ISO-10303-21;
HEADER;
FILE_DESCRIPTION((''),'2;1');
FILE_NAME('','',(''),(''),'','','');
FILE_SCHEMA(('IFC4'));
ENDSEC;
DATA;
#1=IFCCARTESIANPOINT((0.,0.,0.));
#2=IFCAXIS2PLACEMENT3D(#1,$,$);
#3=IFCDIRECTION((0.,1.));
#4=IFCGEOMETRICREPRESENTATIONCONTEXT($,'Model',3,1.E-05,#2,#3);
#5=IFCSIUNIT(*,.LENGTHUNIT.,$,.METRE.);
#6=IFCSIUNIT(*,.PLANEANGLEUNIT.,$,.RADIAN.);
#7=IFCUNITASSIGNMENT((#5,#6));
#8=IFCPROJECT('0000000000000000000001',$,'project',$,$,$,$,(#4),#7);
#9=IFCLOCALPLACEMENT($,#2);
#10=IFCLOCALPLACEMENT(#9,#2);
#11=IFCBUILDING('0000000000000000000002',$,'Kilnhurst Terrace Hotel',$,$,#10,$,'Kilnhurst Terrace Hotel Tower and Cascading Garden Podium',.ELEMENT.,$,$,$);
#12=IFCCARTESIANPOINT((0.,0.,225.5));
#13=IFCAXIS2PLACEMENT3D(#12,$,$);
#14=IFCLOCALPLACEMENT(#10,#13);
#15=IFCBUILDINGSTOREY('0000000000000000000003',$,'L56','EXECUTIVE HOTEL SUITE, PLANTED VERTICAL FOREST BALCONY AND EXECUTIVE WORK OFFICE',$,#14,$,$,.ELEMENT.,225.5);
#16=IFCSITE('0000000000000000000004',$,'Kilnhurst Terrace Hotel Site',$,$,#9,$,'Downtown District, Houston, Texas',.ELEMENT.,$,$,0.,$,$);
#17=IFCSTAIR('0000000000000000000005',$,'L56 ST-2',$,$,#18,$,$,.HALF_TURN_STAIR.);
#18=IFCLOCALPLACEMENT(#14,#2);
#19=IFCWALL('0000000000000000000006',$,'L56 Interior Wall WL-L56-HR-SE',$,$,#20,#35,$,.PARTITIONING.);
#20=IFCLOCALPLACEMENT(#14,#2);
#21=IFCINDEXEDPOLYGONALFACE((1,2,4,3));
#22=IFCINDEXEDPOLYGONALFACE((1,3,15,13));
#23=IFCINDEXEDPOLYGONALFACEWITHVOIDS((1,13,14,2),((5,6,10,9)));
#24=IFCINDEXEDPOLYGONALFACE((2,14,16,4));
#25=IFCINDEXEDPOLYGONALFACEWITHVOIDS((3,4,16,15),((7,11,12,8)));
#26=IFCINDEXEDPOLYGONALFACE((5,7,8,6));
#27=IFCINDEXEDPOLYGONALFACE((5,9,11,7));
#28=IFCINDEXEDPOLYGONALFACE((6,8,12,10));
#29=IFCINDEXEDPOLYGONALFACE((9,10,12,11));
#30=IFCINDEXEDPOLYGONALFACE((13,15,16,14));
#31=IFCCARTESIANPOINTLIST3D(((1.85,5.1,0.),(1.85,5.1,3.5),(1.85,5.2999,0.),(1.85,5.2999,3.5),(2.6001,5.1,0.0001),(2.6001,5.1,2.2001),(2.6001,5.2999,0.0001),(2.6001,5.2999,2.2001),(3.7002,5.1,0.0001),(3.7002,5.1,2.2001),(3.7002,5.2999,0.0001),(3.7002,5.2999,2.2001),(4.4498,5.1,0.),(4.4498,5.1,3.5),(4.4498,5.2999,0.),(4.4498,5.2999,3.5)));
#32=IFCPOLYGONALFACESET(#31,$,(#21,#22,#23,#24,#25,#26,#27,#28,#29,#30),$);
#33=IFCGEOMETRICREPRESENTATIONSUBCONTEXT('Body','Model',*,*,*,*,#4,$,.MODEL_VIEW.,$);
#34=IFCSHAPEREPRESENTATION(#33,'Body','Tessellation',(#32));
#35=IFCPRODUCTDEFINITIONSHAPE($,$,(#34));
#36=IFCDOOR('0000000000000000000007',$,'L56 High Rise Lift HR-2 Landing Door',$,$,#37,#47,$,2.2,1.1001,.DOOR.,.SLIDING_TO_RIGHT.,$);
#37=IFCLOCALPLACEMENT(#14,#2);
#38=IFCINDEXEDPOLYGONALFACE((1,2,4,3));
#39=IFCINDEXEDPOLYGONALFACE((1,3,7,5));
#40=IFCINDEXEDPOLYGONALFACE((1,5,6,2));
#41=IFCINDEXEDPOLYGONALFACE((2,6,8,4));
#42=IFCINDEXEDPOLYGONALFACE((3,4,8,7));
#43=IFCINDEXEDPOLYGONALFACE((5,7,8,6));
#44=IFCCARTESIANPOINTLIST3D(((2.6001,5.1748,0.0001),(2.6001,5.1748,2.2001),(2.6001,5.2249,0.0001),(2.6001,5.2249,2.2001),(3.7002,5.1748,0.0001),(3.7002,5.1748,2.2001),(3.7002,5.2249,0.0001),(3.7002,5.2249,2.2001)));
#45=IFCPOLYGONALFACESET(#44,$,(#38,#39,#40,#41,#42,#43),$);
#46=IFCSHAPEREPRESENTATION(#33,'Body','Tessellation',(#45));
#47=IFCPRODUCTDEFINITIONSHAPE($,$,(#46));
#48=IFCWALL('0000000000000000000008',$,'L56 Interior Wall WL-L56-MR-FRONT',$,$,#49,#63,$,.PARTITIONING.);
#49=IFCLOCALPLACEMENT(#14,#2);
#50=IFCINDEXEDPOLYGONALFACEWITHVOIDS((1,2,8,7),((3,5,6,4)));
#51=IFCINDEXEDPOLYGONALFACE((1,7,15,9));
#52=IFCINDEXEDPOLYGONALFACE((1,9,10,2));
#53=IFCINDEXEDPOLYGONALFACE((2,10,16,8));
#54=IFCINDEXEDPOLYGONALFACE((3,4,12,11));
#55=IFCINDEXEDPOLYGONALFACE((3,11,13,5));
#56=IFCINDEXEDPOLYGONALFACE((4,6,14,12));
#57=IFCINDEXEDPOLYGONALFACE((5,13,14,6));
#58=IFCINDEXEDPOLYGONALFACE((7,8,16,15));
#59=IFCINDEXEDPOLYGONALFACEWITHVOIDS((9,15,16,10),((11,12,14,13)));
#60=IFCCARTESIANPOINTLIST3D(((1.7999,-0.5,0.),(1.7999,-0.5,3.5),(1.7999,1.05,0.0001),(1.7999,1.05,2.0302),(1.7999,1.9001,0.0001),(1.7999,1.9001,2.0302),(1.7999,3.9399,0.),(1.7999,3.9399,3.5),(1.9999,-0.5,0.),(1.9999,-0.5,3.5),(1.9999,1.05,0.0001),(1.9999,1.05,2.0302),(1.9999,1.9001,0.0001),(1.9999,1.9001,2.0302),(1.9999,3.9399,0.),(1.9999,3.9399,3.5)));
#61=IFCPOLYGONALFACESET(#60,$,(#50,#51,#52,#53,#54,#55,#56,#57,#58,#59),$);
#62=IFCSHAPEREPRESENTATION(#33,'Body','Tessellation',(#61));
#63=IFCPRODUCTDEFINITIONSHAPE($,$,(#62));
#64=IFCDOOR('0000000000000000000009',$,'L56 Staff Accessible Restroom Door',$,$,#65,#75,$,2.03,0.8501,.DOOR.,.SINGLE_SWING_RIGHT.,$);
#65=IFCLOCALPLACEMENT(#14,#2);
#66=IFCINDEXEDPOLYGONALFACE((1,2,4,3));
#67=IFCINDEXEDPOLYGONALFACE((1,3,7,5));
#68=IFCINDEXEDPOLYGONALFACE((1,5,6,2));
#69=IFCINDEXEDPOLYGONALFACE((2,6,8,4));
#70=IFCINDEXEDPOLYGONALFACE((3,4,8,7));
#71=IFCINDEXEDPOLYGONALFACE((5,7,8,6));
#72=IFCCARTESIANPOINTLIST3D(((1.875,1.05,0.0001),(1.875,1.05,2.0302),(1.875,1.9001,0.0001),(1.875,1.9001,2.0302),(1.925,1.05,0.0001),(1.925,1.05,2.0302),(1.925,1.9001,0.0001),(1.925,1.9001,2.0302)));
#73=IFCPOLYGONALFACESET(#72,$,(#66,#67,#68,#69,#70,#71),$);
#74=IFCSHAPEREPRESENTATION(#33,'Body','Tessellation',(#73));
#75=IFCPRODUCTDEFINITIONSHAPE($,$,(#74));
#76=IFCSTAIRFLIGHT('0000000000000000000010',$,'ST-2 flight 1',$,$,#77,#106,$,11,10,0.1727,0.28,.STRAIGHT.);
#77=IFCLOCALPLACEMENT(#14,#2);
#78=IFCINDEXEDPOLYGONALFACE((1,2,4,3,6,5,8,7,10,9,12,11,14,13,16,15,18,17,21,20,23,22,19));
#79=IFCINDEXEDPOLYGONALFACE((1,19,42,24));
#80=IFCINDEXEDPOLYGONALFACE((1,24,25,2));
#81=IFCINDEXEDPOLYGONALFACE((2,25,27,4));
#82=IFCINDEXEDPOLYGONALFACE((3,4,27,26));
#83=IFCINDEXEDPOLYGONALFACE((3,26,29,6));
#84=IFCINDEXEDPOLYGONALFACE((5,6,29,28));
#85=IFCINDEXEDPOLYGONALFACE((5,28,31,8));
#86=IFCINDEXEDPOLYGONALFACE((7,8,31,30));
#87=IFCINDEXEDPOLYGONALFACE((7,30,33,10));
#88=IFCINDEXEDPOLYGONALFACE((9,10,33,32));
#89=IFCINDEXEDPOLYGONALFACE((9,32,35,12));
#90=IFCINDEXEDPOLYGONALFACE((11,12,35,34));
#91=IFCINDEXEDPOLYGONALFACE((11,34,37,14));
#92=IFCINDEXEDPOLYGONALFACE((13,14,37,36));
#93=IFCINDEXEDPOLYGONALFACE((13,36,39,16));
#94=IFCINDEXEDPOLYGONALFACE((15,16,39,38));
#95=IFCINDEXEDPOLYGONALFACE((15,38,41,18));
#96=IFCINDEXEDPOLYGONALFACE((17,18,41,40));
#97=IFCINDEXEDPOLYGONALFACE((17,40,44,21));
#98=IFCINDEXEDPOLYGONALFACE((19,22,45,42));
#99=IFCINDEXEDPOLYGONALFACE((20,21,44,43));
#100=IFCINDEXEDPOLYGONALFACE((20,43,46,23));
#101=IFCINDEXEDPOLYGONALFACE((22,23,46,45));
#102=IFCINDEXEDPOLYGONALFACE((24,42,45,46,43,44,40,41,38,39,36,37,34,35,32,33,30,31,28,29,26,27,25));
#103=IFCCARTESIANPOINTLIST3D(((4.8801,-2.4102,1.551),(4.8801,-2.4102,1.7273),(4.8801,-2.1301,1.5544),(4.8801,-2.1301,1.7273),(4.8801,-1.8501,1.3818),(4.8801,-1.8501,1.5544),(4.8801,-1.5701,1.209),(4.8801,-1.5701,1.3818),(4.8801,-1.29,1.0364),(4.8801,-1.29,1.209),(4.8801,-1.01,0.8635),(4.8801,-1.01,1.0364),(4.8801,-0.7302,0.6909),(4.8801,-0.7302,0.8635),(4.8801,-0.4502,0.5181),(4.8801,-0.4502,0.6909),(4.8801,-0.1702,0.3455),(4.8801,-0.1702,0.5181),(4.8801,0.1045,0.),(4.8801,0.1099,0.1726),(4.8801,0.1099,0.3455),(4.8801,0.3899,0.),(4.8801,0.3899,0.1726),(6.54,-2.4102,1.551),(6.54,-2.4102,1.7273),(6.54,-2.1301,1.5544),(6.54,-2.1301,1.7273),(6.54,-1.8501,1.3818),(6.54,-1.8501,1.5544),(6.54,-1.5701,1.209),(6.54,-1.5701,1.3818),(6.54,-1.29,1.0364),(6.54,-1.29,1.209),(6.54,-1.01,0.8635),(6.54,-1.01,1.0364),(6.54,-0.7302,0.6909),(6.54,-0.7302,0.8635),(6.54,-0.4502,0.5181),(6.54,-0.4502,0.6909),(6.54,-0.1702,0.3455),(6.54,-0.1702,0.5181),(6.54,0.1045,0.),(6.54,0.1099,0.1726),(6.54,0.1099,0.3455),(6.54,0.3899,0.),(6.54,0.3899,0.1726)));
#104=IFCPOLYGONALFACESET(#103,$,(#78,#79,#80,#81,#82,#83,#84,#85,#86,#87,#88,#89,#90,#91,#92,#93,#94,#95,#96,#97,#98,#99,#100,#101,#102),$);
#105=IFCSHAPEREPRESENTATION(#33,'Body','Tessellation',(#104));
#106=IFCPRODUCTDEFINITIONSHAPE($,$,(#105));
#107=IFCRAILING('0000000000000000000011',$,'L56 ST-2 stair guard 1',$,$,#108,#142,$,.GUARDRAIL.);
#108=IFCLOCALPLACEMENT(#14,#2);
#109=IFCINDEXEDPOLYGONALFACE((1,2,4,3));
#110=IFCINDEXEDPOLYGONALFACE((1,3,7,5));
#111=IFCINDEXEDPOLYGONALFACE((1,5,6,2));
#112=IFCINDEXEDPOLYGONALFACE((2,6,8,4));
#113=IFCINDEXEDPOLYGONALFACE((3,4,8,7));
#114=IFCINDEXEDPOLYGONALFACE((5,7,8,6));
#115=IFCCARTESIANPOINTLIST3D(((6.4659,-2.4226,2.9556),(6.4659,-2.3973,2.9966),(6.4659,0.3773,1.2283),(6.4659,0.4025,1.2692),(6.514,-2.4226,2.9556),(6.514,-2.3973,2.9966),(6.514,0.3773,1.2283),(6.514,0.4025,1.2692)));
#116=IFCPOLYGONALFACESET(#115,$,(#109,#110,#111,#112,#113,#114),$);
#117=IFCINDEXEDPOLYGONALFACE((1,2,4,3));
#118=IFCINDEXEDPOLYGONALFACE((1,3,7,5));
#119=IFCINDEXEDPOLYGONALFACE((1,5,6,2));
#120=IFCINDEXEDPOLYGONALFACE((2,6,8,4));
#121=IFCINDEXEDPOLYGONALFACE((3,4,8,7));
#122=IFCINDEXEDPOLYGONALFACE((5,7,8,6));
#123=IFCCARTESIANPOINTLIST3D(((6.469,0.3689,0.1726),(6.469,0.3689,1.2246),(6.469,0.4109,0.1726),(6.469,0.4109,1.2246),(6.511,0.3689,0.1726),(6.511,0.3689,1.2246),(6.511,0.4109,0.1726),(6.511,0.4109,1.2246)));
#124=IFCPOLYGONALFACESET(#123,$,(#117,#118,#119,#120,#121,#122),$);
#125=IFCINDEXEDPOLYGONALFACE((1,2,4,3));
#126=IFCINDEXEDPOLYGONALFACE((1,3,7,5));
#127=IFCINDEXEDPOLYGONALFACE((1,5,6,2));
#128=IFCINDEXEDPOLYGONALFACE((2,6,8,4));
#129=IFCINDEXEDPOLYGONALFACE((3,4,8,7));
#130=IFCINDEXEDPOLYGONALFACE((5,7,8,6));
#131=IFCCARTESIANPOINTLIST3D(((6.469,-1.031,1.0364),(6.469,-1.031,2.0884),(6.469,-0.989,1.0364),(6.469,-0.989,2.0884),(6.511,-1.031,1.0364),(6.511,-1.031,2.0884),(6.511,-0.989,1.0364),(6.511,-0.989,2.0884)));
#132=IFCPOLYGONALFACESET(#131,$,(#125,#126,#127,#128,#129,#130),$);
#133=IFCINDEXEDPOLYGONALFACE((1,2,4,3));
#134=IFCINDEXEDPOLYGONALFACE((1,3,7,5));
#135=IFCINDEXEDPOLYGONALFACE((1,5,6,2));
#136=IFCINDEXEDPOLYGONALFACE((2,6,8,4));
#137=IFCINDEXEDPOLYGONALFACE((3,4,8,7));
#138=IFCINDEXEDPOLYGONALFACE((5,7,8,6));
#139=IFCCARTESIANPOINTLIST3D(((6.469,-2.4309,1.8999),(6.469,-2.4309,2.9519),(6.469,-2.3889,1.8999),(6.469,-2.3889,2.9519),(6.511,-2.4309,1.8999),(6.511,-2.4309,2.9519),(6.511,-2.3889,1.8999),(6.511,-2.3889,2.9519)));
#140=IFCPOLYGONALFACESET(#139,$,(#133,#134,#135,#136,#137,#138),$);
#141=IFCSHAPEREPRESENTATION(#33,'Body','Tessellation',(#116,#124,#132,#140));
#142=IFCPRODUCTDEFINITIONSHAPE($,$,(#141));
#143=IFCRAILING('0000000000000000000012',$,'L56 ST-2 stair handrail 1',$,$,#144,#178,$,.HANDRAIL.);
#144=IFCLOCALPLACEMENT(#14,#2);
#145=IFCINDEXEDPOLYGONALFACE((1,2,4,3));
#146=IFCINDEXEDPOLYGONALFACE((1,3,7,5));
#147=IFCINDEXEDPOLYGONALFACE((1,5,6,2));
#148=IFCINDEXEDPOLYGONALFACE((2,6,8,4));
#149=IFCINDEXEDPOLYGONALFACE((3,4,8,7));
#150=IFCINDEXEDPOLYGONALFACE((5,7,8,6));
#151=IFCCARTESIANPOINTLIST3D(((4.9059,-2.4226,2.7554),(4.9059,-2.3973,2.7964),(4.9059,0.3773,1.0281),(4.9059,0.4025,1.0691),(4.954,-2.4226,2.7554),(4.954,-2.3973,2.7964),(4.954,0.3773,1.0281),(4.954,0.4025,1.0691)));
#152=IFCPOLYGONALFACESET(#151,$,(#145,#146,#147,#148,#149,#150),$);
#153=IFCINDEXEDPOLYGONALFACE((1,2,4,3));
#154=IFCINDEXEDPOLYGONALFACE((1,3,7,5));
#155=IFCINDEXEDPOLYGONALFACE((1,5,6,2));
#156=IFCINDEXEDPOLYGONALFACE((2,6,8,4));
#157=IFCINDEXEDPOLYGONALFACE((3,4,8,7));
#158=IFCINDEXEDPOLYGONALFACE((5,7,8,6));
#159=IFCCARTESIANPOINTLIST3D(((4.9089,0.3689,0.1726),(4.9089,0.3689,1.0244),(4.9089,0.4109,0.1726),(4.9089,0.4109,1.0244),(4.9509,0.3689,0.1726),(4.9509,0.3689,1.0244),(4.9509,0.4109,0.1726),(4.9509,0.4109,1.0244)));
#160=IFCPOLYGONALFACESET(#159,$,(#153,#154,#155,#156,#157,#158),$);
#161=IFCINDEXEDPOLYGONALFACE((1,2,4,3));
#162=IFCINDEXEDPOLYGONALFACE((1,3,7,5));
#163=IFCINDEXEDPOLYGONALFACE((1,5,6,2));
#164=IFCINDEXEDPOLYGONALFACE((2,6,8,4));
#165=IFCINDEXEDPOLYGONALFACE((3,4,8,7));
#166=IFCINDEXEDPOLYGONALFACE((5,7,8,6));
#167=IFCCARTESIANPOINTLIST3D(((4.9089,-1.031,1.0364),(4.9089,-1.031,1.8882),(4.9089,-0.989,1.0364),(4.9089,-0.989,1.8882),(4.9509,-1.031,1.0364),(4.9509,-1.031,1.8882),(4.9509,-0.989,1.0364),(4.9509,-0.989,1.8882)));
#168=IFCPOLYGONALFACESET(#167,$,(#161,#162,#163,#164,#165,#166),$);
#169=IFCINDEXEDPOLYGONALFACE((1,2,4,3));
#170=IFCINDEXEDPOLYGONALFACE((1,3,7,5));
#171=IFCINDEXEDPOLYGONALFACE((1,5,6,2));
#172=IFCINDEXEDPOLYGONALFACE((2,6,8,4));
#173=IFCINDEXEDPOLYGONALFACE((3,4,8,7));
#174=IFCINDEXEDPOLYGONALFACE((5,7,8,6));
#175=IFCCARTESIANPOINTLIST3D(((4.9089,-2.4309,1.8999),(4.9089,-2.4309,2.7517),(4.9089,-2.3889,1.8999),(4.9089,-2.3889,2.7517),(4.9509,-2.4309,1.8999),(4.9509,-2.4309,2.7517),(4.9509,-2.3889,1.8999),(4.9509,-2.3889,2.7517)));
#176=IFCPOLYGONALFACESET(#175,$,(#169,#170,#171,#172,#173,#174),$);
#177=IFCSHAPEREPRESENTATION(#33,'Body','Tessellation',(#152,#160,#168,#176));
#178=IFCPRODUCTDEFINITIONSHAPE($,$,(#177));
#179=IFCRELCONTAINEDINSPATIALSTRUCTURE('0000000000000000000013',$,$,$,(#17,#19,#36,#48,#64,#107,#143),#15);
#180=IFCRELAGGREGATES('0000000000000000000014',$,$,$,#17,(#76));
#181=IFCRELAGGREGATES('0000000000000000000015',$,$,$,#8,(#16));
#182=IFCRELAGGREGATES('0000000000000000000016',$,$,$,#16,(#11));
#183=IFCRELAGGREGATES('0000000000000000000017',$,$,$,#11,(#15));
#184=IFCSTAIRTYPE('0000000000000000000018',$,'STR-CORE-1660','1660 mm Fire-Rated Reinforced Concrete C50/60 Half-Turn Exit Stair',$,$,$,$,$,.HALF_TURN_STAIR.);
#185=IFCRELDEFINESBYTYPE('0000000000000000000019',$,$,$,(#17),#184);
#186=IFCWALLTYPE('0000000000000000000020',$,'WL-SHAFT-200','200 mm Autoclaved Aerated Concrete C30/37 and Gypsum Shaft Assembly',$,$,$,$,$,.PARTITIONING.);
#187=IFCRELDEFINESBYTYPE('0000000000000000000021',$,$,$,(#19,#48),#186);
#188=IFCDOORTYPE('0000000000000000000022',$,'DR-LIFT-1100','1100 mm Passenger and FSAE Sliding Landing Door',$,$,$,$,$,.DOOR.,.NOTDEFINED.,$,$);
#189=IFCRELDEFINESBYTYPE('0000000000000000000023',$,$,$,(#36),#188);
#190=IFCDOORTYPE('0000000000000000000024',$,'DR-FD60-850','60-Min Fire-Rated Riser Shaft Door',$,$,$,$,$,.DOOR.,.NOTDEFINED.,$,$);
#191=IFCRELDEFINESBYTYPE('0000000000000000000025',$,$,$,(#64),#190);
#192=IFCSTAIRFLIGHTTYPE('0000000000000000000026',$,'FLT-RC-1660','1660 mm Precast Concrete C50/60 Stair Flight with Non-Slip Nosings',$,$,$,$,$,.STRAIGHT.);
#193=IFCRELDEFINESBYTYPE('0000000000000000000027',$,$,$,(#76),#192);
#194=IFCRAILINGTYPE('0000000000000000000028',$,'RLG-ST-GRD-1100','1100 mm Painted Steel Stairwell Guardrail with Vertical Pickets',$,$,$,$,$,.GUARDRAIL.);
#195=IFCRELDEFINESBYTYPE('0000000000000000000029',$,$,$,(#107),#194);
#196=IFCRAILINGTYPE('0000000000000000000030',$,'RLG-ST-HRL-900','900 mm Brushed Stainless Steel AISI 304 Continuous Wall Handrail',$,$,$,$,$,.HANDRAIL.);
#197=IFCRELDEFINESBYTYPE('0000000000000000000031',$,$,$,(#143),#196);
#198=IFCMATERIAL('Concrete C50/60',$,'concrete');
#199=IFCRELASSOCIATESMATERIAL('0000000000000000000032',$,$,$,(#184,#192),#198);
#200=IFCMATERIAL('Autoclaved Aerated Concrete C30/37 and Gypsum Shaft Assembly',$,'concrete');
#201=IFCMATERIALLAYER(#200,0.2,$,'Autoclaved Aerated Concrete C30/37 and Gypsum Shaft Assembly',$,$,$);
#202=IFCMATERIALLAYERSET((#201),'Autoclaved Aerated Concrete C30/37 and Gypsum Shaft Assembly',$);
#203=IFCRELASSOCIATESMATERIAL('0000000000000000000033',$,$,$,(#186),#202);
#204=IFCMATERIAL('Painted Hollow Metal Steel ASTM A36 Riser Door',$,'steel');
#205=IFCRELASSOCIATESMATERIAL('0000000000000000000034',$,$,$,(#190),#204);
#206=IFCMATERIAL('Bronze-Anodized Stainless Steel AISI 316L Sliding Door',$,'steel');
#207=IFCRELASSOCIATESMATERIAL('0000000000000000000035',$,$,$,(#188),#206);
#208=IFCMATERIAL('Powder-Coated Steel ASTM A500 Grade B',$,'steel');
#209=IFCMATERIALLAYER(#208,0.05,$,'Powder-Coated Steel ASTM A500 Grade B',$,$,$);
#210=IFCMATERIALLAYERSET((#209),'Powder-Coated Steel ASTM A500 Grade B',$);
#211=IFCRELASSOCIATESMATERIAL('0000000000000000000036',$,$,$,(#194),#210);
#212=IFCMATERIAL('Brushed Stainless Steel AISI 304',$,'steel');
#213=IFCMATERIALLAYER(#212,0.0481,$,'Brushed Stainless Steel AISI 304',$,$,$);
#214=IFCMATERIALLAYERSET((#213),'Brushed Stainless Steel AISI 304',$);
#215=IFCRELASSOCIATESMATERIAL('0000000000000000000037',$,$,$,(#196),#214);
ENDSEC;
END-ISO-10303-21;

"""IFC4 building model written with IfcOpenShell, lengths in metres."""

from ifc_helpers import new_model, si_unit, direction, frame, frame_2d, origin, origin_2d, place, context, subcontext, project, spatial, polyline, rectangle, outline, extrude, material, layer, layer_set, type_object, element, fill, aggregate, save


model = new_model("IFC4")

# Units and contexts
model_context = context("Model", 3, precision=1e-05, world=origin(), true_north=direction((0.0, 1.0)))
body_context = subcontext(model_context, "Body", "Model", "MODEL_VIEW")
ifc_project = project(units=[si_unit("LENGTHUNIT", "METRE"), si_unit("PLANEANGLEUNIT", "RADIAN")], contexts=[model_context])

# Site, building, storey
site_placement = place(None, origin())
site = spatial("IfcSite", under=ifc_project, at=site_placement, Name="Kilnhurst Terrace Hotel Site", LongName="Downtown District, Houston, Texas", CompositionType="ELEMENT", RefElevation=0.0)
building_placement = place(site_placement, origin())
building = spatial("IfcBuilding", under=site, at=building_placement, Name="Kilnhurst Terrace Hotel", LongName="Kilnhurst Terrace Hotel Tower and Cascading Garden Podium", CompositionType="ELEMENT")
storey_placement = place(building_placement, frame((0.0, 0.0, 225.5)))
storey = spatial("IfcBuildingStorey", under=building, at=storey_placement, Name="L56", Description="EXECUTIVE HOTEL SUITE, PLANTED VERTICAL FOREST BALCONY AND EXECUTIVE WORK OFFICE", CompositionType="ELEMENT", Elevation=225.5)

# Shared definitions
ifc_material_1 = material(Name="Concrete C50/60", Category="concrete")

# Stair
stair_type = type_object("IfcStairType", Name="STR-CORE-1660", Description="1660 mm Fire-Rated Reinforced Concrete C50/60 Half-Turn Exit Stair", PredefinedType="HALF_TURN_STAIR", material=ifc_material_1)
stair_1_placement = place(storey_placement, origin())
stair_1 = element("IfcStair", 1, at=stair_1_placement, inside=storey, type_object=stair_type, Name="L56 ST-2", PredefinedType="HALF_TURN_STAIR")

# Shared definitions
ifc_material_2 = material(Name="Autoclaved Aerated Concrete C30/37 and Gypsum Shaft Assembly", Category="concrete")
ifc_layer_1 = layer(ifc_material_2, 0.2, Name="Autoclaved Aerated Concrete C30/37 and Gypsum Shaft Assembly")
ifc_layer_set_1 = layer_set([ifc_layer_1], Name="Autoclaved Aerated Concrete C30/37 and Gypsum Shaft Assembly")
wall_type_1 = type_object("IfcWallType", Name="WL-SHAFT-200", Description="200 mm Autoclaved Aerated Concrete C30/37 and Gypsum Shaft Assembly", PredefinedType="PARTITIONING", material=ifc_layer_set_1)
ifc_material_3 = material(Name="Painted Hollow Metal Steel ASTM A36 Riser Door", Category="steel")
door_type_1 = type_object("IfcDoorType", Name="DR-FD60-850", Description="60-Min Fire-Rated Riser Shaft Door", OperationType="NOTDEFINED", PredefinedType="DOOR", material=ifc_material_3)
ifc_material_4 = material(Name="Bronze-Anodized Stainless Steel AISI 316L Sliding Door", Category="steel")
door_type_2 = type_object("IfcDoorType", Name="DR-LIFT-1100", Description="1100 mm Passenger and FSAE Sliding Landing Door", OperationType="NOTDEFINED", PredefinedType="DOOR", material=ifc_material_4)

# Walls, openings, doors
wall_1_placement = place(storey_placement, frame((1.8501, 5.2, 0.0), z_axis=(0.0, 0.0, 1.0), x_axis=(1.0, 0.0, 0.0)))
wall_1 = element("IfcWall", 2, at=wall_1_placement, inside=storey, type_object=wall_type_1, Name="L56 Interior Wall WL-L56-HR-SE", PredefinedType="PARTITIONING", context=body_context, shape_type="SweptSolid", body=[
    extrude(rectangle(XDim=2.5999, YDim=0.2, at=frame_2d((1.2998, 0.0))), origin(), (0.0, 0.0, 1.0), 3.5),
])
opening_1_placement = place(wall_1_placement, frame((0.75, 0.0, 0.0)))
opening_1 = element("IfcOpeningElement", 3, at=opening_1_placement, cuts=wall_1, PredefinedType="OPENING", context=body_context, shape_type="SweptSolid", body=[
    extrude(rectangle(XDim=1.1001, YDim=2.2, at=frame_2d((0.55, 1.1001))), frame((0.0, 0.1099, 0.0), z_axis=(0.0, -1.0, 0.0), x_axis=(1.0, 0.0, 0.0)), (0.0, 0.0, 1.0), 0.22),
])
door_1_placement = place(opening_1_placement, origin())
door_1 = element("IfcDoor", 4, at=door_1_placement, inside=storey, type_object=door_type_2, Name="L56 High Rise Lift HR-2 Landing Door", OperationType="SLIDING_TO_RIGHT", OverallHeight=2.2, OverallWidth=1.1001, PredefinedType="DOOR", context=body_context, shape_type="SweptSolid", body=[
    extrude(rectangle(XDim=1.1001, YDim=2.2, at=frame_2d((0.55, 1.1001))), frame((0.0, 0.0249, 0.0), z_axis=(0.0, -1.0, 0.0), x_axis=(1.0, 0.0, 0.0)), (0.0, 0.0, 1.0), 0.05),
])
fill(opening_1, door_1)
wall_2_placement = place(storey_placement, frame((1.8999, -0.5, 0.0), z_axis=(0.0, 0.0, 1.0), x_axis=(0.0, 1.0, 0.0)))
wall_2 = element("IfcWall", 5, at=wall_2_placement, inside=storey, type_object=wall_type_1, Name="L56 Interior Wall WL-L56-MR-FRONT", PredefinedType="PARTITIONING", context=body_context, shape_type="SweptSolid", body=[
    extrude(rectangle(XDim=4.4399, YDim=0.2, at=frame_2d((2.22, 0.0))), origin(), (0.0, 0.0, 1.0), 3.5),
])
opening_2_placement = place(wall_2_placement, frame((1.55, 0.0, 0.0)))
opening_2 = element("IfcOpeningElement", 6, at=opening_2_placement, cuts=wall_2, PredefinedType="OPENING", context=body_context, shape_type="SweptSolid", body=[
    extrude(rectangle(XDim=0.8501, YDim=2.03, at=frame_2d((0.425, 1.0151))), frame((0.0, 0.1099, 0.0), z_axis=(0.0, -1.0, 0.0), x_axis=(1.0, 0.0, 0.0)), (0.0, 0.0, 1.0), 0.22),
])
door_2_placement = place(opening_2_placement, origin())
door_2 = element("IfcDoor", 7, at=door_2_placement, inside=storey, type_object=door_type_1, Name="L56 Staff Accessible Restroom Door", OperationType="SINGLE_SWING_RIGHT", OverallHeight=2.03, OverallWidth=0.8501, PredefinedType="DOOR", context=body_context, shape_type="SweptSolid", body=[
    extrude(rectangle(XDim=0.8501, YDim=2.03, at=frame_2d((0.425, 1.0151))), frame((0.0, 0.0249, 0.0), z_axis=(0.0, -1.0, 0.0), x_axis=(1.0, 0.0, 0.0)), (0.0, 0.0, 1.0), 0.05),
])
fill(opening_2, door_2)

# Stair flight
stair_flight_type = type_object("IfcStairFlightType", Name="FLT-RC-1660", Description="1660 mm Precast Concrete C50/60 Stair Flight with Non-Slip Nosings", PredefinedType="STRAIGHT", material=ifc_material_1)
stair_flight_placement = place(storey_placement, frame((5.71, 0.3899, 0.0), z_axis=(0.0, 0.0, 1.0), x_axis=(0.0, -1.0, 0.0)))
stair_flight = element("IfcStairFlight", 8, at=stair_flight_placement, type_object=stair_flight_type, Name="ST-2 flight 1", NumberOfRisers=11, NumberOfTreads=10, PredefinedType="STRAIGHT", RiserHeight=0.1727, TreadLength=0.28, context=body_context, shape_type="SweptSolid", body=[
    extrude(outline(polyline([(0.0, 0.0), (0.0, 0.1726), (0.28, 0.1726), (0.28, 0.3455), (0.5601, 0.3455), (0.5601, 0.5181), (0.8401, 0.5181), (0.8401, 0.6909), (1.1201, 0.6909), (1.1201, 0.8635), (1.3999, 0.8635), (1.3999, 1.0364), (1.6799, 1.0364), (1.6799, 1.209), (1.96, 1.209), (1.96, 1.3818), (2.24, 1.3818), (2.24, 1.5544), (2.52, 1.5544), (2.52, 1.7273), (2.8, 1.7273), (2.8, 1.8999), (2.8, 1.551), (0.2854, 0.0), (0.0, 0.0)])), frame((0.0, 0.8301, 0.0), z_axis=(0.0, -1.0, 0.0), x_axis=(1.0, 0.0, 0.0)), (0.0, 0.0, 1.0), 1.6599),
])
aggregate(stair_1, [stair_flight])

# Railings
ifc_material_5 = material(Name="Powder-Coated Steel ASTM A500 Grade B", Category="steel")
ifc_layer_2 = layer(ifc_material_5, 0.05, Name="Powder-Coated Steel ASTM A500 Grade B")
ifc_layer_set_2 = layer_set([ifc_layer_2], Name="Powder-Coated Steel ASTM A500 Grade B")
railing_type_1 = type_object("IfcRailingType", Name="RLG-ST-GRD-1100", Description="1100 mm Painted Steel Stairwell Guardrail with Vertical Pickets", PredefinedType="GUARDRAIL", material=ifc_layer_set_2)
railing_1_placement = place(storey_placement, frame((6.49, 0.3899, 0.1726)))
element("IfcRailing", 9, at=railing_1_placement, inside=storey, type_object=railing_type_1, Name="L56 ST-2 stair guard 1", PredefinedType="GUARDRAIL", context=body_context, shape_type="SweptSolid", body=[
    extrude(rectangle(XDim=0.0481, YDim=0.0481, at=origin_2d()), frame((0.0, 0.0, 1.0762), z_axis=(0.0, -0.851069, 0.525054), x_axis=(1.0, 0.0, 0.0)), (0.0, 0.0, 1.0), 3.2898),
    extrude(rectangle(XDim=0.042, YDim=0.042, at=origin_2d()), origin(), (0.0, 0.0, 1.0), 1.052),
    extrude(rectangle(XDim=0.042, YDim=0.042, at=origin_2d()), frame((0.0, -1.3999, 0.8638)), (0.0, 0.0, 1.0), 1.052),
    extrude(rectangle(XDim=0.042, YDim=0.042, at=origin_2d()), frame((0.0, -2.7998, 1.7273)), (0.0, 0.0, 1.0), 1.052),
])
ifc_material_6 = material(Name="Brushed Stainless Steel AISI 304", Category="steel")
ifc_layer_3 = layer(ifc_material_6, 0.0481, Name="Brushed Stainless Steel AISI 304")
ifc_layer_set_3 = layer_set([ifc_layer_3], Name="Brushed Stainless Steel AISI 304")
railing_type_2 = type_object("IfcRailingType", Name="RLG-ST-HRL-900", Description="900 mm Brushed Stainless Steel AISI 304 Continuous Wall Handrail", PredefinedType="HANDRAIL", material=ifc_layer_set_3)
railing_2_placement = place(storey_placement, frame((4.9299, 0.3899, 0.1726)))
element("IfcRailing", 10, at=railing_2_placement, inside=storey, type_object=railing_type_2, Name="L56 ST-2 stair handrail 1", PredefinedType="HANDRAIL", context=body_context, shape_type="SweptSolid", body=[
    extrude(rectangle(XDim=0.0481, YDim=0.0481, at=origin_2d()), frame((0.0, 0.0, 0.876), z_axis=(0.0, -0.851069, 0.525054), x_axis=(1.0, 0.0, 0.0)), (0.0, 0.0, 1.0), 3.2898),
    extrude(rectangle(XDim=0.042, YDim=0.042, at=origin_2d()), origin(), (0.0, 0.0, 1.0), 0.8518),
    extrude(rectangle(XDim=0.042, YDim=0.042, at=origin_2d()), frame((0.0, -1.3999, 0.8638)), (0.0, 0.0, 1.0), 0.8518),
    extrude(rectangle(XDim=0.042, YDim=0.042, at=origin_2d()), frame((0.0, -2.7998, 1.7273)), (0.0, 0.0, 1.0), 0.8518),
])

save(model, "model.ifc")
